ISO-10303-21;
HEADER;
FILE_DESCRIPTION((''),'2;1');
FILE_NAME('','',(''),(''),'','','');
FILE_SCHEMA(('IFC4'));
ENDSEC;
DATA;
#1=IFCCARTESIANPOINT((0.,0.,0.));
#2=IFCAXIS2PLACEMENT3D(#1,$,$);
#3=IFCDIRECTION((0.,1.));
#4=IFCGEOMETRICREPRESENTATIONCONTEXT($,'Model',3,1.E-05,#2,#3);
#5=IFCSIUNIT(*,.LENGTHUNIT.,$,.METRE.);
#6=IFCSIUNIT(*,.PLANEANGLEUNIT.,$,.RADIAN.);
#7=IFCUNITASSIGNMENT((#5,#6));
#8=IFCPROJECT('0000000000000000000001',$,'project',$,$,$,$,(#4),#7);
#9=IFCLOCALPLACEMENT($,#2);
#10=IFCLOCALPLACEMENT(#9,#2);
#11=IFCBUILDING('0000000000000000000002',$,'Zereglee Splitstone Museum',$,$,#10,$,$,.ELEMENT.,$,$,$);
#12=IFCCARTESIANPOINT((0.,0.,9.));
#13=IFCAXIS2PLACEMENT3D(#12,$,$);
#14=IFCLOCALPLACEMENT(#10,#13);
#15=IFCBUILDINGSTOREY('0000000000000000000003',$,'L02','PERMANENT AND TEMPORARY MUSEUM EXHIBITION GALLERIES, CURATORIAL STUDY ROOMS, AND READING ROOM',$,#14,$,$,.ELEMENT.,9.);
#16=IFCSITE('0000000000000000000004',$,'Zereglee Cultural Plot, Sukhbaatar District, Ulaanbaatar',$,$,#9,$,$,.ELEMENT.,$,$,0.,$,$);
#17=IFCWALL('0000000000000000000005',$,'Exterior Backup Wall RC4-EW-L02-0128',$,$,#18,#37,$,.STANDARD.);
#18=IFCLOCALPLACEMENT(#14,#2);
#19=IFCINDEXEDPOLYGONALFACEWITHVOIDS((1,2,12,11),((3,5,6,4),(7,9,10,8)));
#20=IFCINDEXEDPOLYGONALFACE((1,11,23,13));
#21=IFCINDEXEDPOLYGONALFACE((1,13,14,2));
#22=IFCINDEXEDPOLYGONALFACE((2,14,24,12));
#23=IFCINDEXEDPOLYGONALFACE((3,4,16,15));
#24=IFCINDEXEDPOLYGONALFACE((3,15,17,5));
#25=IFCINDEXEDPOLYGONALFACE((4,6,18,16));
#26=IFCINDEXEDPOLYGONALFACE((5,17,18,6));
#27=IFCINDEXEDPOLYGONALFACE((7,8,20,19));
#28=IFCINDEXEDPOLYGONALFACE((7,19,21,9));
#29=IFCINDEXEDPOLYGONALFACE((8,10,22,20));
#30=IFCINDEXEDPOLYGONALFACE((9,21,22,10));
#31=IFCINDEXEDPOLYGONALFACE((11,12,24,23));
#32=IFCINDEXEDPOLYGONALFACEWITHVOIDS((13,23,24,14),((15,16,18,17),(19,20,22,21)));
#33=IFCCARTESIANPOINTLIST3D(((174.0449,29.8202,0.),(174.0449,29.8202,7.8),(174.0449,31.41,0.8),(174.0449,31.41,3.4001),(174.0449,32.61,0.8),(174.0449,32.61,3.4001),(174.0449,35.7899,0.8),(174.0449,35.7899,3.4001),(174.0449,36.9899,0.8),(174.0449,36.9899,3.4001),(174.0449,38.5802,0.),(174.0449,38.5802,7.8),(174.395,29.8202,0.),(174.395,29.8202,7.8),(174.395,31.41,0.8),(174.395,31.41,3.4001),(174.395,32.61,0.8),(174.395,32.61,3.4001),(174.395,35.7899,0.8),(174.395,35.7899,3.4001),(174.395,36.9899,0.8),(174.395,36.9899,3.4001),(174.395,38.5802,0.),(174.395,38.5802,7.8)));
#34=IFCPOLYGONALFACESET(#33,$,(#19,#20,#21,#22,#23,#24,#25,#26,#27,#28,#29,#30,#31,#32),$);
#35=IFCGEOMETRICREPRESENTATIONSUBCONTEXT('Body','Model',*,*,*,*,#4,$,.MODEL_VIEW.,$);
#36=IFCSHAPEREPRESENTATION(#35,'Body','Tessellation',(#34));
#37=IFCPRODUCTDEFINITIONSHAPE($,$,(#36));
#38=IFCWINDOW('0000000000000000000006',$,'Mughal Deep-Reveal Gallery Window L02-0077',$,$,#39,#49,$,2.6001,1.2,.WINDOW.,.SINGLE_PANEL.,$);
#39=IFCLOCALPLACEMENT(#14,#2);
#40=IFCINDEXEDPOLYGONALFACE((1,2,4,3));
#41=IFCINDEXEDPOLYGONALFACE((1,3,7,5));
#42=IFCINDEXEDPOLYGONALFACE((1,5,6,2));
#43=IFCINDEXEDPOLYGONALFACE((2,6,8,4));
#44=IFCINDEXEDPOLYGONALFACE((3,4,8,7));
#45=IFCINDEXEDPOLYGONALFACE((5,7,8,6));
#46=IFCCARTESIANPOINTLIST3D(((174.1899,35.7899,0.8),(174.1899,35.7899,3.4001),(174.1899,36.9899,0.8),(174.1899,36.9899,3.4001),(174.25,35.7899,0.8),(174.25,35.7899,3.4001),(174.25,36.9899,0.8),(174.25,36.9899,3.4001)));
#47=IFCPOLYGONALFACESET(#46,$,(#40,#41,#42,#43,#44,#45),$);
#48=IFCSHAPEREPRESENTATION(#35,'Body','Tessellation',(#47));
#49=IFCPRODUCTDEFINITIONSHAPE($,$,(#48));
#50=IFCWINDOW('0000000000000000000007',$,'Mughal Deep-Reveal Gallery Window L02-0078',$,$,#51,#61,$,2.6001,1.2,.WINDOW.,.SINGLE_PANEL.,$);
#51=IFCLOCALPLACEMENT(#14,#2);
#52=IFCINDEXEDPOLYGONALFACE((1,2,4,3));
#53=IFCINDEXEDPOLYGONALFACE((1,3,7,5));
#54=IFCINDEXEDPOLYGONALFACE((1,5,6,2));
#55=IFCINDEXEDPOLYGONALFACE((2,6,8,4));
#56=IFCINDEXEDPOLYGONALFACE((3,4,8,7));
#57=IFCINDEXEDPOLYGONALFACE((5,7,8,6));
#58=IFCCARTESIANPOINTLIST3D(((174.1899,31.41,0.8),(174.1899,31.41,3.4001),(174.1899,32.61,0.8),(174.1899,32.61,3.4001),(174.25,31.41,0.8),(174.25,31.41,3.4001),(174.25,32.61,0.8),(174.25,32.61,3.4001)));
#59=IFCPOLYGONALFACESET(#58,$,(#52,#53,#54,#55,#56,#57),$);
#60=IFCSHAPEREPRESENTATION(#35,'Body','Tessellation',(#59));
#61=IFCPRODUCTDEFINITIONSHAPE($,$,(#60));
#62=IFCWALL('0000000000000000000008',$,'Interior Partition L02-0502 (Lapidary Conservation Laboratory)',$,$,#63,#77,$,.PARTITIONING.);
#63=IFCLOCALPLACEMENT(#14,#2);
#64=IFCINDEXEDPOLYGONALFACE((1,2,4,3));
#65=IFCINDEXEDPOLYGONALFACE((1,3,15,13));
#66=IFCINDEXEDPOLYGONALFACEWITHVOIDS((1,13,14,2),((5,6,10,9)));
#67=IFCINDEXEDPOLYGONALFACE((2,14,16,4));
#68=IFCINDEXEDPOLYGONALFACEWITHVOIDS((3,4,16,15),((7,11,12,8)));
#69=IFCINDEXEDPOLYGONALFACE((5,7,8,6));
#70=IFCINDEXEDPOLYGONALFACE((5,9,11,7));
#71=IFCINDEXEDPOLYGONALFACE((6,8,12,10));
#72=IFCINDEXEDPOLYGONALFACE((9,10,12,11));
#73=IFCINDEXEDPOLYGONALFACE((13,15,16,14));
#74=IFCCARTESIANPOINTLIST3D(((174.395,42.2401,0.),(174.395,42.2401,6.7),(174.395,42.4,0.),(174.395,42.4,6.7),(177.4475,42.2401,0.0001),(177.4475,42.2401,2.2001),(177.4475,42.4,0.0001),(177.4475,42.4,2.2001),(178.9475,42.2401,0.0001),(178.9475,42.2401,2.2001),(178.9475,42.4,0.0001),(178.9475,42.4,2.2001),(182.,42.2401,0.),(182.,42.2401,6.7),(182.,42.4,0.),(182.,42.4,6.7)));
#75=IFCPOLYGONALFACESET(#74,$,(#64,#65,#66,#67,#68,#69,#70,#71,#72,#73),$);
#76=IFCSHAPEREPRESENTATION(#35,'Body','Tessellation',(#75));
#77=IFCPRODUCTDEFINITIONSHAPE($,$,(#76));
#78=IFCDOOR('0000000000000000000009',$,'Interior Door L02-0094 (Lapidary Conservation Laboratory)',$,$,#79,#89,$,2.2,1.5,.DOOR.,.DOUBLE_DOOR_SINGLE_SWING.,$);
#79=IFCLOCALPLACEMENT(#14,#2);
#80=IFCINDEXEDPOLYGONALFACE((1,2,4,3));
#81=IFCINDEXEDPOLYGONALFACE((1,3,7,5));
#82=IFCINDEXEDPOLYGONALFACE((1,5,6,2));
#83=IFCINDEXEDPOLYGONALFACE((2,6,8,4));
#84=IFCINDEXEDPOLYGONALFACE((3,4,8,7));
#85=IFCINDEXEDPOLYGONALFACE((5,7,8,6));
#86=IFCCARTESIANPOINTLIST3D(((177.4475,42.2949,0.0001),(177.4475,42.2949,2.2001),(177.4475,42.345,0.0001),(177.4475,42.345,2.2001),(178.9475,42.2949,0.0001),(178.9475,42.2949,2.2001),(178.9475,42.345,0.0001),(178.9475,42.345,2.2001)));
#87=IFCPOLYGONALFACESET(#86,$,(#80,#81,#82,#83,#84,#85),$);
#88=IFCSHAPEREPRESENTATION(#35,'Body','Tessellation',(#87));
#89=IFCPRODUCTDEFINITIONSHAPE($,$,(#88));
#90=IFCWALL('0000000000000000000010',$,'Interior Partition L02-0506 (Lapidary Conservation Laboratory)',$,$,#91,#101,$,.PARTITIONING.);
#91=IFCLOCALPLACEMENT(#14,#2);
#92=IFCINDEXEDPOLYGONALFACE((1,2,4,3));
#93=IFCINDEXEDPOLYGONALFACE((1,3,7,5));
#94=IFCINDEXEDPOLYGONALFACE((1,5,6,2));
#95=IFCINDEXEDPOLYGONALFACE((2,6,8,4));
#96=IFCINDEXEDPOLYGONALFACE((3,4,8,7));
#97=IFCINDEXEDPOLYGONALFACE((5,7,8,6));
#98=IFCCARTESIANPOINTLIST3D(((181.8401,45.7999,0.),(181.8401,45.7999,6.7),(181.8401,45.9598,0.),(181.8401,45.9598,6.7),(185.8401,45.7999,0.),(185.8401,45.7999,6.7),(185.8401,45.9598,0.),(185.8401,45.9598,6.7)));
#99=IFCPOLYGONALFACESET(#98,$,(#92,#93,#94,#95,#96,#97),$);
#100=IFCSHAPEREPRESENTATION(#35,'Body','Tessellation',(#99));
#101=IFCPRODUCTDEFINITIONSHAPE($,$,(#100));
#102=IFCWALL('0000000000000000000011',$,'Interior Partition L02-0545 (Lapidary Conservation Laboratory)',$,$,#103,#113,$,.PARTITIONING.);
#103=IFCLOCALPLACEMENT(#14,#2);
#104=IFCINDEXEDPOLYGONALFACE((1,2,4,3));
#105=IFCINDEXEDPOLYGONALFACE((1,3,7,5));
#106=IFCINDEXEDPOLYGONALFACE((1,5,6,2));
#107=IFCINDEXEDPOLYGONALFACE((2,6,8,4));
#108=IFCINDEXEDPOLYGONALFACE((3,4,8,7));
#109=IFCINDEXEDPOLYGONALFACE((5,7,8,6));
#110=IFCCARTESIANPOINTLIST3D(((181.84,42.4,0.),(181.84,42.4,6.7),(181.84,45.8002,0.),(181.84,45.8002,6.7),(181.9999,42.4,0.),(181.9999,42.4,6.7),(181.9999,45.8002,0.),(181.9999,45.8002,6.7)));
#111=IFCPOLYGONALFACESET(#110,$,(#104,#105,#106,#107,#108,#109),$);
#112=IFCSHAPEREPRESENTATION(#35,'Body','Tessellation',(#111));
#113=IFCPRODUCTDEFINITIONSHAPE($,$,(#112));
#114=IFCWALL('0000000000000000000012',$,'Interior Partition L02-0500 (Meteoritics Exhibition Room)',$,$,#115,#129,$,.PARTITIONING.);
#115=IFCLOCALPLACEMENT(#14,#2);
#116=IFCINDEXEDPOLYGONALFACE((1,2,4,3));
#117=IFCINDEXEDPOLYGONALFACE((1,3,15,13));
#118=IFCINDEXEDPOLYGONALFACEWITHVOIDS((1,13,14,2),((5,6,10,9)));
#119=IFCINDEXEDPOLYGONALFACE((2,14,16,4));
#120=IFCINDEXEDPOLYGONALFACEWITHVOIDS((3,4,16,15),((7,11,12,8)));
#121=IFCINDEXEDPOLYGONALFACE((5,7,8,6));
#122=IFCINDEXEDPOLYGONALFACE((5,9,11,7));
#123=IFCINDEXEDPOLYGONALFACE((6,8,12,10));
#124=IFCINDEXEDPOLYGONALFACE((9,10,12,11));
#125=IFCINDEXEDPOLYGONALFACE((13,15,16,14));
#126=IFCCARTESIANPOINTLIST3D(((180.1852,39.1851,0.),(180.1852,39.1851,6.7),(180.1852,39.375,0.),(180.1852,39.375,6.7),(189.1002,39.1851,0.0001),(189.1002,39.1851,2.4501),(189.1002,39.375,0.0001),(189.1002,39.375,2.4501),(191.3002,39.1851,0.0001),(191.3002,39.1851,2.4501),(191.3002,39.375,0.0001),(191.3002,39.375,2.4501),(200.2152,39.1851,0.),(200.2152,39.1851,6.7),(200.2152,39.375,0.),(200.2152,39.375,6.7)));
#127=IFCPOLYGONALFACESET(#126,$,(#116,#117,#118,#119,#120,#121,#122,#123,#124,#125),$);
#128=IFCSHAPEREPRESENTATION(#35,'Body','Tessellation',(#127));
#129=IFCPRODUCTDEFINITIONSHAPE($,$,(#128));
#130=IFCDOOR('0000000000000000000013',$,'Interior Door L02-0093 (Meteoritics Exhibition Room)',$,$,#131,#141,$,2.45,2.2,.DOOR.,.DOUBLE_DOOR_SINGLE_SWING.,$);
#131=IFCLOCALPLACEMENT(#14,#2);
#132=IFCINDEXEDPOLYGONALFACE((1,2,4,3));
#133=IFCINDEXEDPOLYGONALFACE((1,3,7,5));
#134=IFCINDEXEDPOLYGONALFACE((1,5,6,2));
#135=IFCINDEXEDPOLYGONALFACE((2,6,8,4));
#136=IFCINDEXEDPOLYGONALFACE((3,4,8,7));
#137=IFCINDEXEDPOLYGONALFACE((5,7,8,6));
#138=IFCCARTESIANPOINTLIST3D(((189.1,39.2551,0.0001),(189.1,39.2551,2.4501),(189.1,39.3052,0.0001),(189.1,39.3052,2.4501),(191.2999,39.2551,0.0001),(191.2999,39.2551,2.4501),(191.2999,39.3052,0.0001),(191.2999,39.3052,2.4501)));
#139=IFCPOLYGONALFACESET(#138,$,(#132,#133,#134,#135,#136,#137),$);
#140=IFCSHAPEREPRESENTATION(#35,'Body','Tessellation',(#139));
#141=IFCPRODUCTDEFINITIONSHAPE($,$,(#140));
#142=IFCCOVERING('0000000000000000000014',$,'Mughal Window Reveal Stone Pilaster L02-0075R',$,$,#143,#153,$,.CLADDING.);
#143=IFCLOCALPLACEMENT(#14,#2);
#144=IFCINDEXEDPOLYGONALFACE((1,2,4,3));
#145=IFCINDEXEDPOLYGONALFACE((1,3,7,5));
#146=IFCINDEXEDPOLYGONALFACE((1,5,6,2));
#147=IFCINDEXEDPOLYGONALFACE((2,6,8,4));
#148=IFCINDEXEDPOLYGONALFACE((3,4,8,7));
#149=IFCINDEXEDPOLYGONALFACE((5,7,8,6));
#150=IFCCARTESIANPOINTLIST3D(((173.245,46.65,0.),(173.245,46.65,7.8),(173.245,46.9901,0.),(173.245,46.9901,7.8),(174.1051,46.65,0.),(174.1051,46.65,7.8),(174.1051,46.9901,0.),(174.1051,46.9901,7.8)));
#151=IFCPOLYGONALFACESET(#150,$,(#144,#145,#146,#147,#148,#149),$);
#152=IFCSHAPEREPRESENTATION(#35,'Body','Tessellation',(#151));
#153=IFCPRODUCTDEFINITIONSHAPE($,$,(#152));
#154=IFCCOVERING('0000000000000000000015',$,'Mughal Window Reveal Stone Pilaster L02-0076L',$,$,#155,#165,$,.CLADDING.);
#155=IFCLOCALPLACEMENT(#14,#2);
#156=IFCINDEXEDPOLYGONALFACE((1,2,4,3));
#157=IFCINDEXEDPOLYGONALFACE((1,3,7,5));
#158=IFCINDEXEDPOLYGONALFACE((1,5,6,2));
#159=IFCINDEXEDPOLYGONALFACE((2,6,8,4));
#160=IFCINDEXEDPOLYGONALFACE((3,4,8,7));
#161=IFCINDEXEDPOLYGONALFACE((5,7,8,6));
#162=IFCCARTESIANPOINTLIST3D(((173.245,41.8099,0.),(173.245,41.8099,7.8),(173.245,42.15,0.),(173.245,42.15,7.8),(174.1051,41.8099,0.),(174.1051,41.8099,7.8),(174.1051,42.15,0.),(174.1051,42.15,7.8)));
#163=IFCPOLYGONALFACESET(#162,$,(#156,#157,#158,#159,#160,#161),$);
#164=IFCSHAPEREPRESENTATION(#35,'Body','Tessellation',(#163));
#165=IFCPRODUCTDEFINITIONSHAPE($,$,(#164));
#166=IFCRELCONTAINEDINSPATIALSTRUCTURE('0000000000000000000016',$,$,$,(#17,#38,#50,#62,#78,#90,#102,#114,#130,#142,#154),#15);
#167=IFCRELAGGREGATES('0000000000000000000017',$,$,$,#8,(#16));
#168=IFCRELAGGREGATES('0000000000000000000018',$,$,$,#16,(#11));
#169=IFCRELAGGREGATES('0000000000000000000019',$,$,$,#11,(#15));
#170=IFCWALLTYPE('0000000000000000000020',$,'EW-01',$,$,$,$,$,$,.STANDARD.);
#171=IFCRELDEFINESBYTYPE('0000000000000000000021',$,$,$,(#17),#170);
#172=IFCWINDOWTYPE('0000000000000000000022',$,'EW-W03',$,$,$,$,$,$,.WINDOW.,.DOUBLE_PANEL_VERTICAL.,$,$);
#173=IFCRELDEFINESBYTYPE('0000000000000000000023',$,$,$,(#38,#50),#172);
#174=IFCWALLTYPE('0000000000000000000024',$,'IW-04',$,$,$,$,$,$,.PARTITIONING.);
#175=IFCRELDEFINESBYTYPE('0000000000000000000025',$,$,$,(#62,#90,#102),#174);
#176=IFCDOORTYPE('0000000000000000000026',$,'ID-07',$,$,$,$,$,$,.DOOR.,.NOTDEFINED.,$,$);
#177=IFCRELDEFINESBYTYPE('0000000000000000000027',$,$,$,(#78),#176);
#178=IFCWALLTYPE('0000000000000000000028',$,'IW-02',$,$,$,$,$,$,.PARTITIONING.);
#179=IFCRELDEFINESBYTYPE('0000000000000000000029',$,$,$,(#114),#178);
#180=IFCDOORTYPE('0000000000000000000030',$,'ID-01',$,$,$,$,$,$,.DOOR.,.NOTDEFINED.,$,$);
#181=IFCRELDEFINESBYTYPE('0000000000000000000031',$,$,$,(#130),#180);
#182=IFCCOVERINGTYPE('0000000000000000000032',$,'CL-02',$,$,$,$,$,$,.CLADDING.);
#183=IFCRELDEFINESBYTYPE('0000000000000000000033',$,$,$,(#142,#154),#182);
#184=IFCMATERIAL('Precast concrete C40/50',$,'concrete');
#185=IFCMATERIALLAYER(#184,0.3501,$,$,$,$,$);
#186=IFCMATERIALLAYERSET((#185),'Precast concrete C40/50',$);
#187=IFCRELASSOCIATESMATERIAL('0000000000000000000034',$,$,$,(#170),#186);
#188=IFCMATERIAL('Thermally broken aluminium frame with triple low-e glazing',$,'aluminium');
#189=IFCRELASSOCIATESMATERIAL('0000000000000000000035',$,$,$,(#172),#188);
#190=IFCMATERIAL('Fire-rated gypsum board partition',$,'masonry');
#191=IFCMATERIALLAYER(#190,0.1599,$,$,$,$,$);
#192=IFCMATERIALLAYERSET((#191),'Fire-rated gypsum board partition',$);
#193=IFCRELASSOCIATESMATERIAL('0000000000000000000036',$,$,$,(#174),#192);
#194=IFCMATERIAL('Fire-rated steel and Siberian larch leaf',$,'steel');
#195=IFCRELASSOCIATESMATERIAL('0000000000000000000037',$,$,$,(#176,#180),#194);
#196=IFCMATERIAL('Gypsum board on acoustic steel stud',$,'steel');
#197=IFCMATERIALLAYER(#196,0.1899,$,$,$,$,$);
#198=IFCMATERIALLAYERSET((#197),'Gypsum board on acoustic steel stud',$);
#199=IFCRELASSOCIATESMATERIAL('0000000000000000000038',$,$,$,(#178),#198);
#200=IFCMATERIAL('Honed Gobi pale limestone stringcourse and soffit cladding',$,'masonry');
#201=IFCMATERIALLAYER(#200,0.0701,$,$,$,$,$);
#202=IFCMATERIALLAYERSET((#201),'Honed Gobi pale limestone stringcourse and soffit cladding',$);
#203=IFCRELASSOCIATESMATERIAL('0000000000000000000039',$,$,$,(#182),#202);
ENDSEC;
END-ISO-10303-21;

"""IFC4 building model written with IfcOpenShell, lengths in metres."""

from ifc_helpers import new_model, si_unit, direction, frame, frame_2d, origin, origin_2d, place, context, subcontext, project, spatial, rectangle, extrude, material, layer, layer_set, type_object, element, fill, save


model = new_model("IFC4")

# Units and contexts
model_context = context("Model", 3, precision=1e-05, world=origin(), true_north=direction((0.0, 1.0)))
body_context = subcontext(model_context, "Body", "Model", "MODEL_VIEW")
ifc_project = project(units=[si_unit("LENGTHUNIT", "METRE"), si_unit("PLANEANGLEUNIT", "RADIAN")], contexts=[model_context])

# Site, building, storey
site_placement = place(None, origin())
site = spatial("IfcSite", under=ifc_project, at=site_placement, Name="Zereglee Cultural Plot, Sukhbaatar District, Ulaanbaatar", CompositionType="ELEMENT", RefElevation=0.0)
building_placement = place(site_placement, origin())
building = spatial("IfcBuilding", under=site, at=building_placement, Name="Zereglee Splitstone Museum", CompositionType="ELEMENT")
storey_placement = place(building_placement, frame((0.0, 0.0, 9.0)))
storey = spatial("IfcBuildingStorey", under=building, at=storey_placement, Name="L02", Description="PERMANENT AND TEMPORARY MUSEUM EXHIBITION GALLERIES, CURATORIAL STUDY ROOMS, AND READING ROOM", CompositionType="ELEMENT", Elevation=9.0)

# Wall, openings, windows
ifc_material_1 = material(Name="Precast concrete C40/50", Category="concrete")
ifc_layer_1 = layer(ifc_material_1, 0.3501)
ifc_layer_set_1 = layer_set([ifc_layer_1], Name="Precast concrete C40/50")
wall_type_1 = type_object("IfcWallType", Name="EW-01", PredefinedType="STANDARD", material=ifc_layer_set_1)
wall_1_placement = place(storey_placement, frame((174.22, 38.5801, 0.0), z_axis=(0.0, 0.0, 1.0), x_axis=(0.0, -1.0, 0.0)))
wall_1 = element("IfcWall", 1, at=wall_1_placement, inside=storey, type_object=wall_type_1, Name="Exterior Backup Wall RC4-EW-L02-0128", PredefinedType="STANDARD", context=body_context, shape_type="SweptSolid", body=[
    extrude(rectangle(XDim=8.76, YDim=0.3501, at=frame_2d((4.3799, 0.0))), origin(), (0.0, 0.0, 1.0), 7.8),
])
opening_1_placement = place(wall_1_placement, frame((1.5901, 0.0, 0.8)))
opening_1 = element("IfcOpeningElement", 2, at=opening_1_placement, cuts=wall_1, PredefinedType="OPENING", context=body_context, shape_type="SweptSolid", body=[
    extrude(rectangle(XDim=1.2, YDim=2.6001, at=frame_2d((0.6001, 1.3))), frame((0.0, 0.1899, 0.0), z_axis=(0.0, -1.0, 0.0), x_axis=(1.0, 0.0, 0.0)), (0.0, 0.0, 1.0), 0.3799),
])
opening_2_placement = place(wall_1_placement, frame((5.97, 0.0, 0.8)))
opening_2 = element("IfcOpeningElement", 3, at=opening_2_placement, cuts=wall_1, PredefinedType="OPENING", context=body_context, shape_type="SweptSolid", body=[
    extrude(rectangle(XDim=1.2, YDim=2.6001, at=frame_2d((0.6001, 1.3))), frame((0.0, 0.1899, 0.0), z_axis=(0.0, -1.0, 0.0), x_axis=(1.0, 0.0, 0.0)), (0.0, 0.0, 1.0), 0.3799),
])
ifc_material_2 = material(Name="Thermally broken aluminium frame with triple low-e glazing", Category="aluminium")
window_type = type_object("IfcWindowType", Name="EW-W03", PartitioningType="DOUBLE_PANEL_VERTICAL", PredefinedType="WINDOW", material=ifc_material_2)
window_1_placement = place(opening_1_placement, origin())
window_1 = element("IfcWindow", 4, at=window_1_placement, inside=storey, type_object=window_type, Name="Mughal Deep-Reveal Gallery Window L02-0077", OverallHeight=2.6001, OverallWidth=1.2, PartitioningType="SINGLE_PANEL", PredefinedType="WINDOW", context=body_context, shape_type="SweptSolid", body=[
    extrude(rectangle(XDim=1.2, YDim=2.6001, at=frame_2d((0.6001, 1.3))), frame((0.0, 0.03, 0.0), z_axis=(0.0, -1.0, 0.0), x_axis=(1.0, 0.0, 0.0)), (0.0, 0.0, 1.0), 0.0601),
])
fill(opening_1, window_1)
window_2_placement = place(opening_2_placement, origin())
window_2 = element("IfcWindow", 5, at=window_2_placement, inside=storey, type_object=window_type, Name="Mughal Deep-Reveal Gallery Window L02-0078", OverallHeight=2.6001, OverallWidth=1.2, PartitioningType="SINGLE_PANEL", PredefinedType="WINDOW", context=body_context, shape_type="SweptSolid", body=[
    extrude(rectangle(XDim=1.2, YDim=2.6001, at=frame_2d((0.6001, 1.3))), frame((0.0, 0.03, 0.0), z_axis=(0.0, -1.0, 0.0), x_axis=(1.0, 0.0, 0.0)), (0.0, 0.0, 1.0), 0.0601),
])
fill(opening_2, window_2)

# Wall, opening, door
ifc_material_3 = material(Name="Fire-rated gypsum board partition", Category="masonry")
ifc_layer_2 = layer(ifc_material_3, 0.1599)
ifc_layer_set_2 = layer_set([ifc_layer_2], Name="Fire-rated gypsum board partition")
wall_type_2 = type_object("IfcWallType", Name="IW-04", PredefinedType="PARTITIONING", material=ifc_layer_set_2)
wall_2_placement = place(storey_placement, frame((174.395, 42.3201, 0.0), z_axis=(0.0, 0.0, 1.0), x_axis=(1.0, 0.0, 0.0)))
wall_2 = element("IfcWall", 6, at=wall_2_placement, inside=storey, type_object=wall_type_2, Name="Interior Partition L02-0502 (Lapidary Conservation Laboratory)", PredefinedType="PARTITIONING", context=body_context, shape_type="SweptSolid", body=[
    extrude(rectangle(XDim=7.605, YDim=0.1599, at=frame_2d((3.8025, 0.0))), origin(), (0.0, 0.0, 1.0), 6.7),
])
opening_3_placement = place(wall_2_placement, frame((3.0525, 0.0, 0.0)))
opening_3 = element("IfcOpeningElement", 7, at=opening_3_placement, cuts=wall_2, PredefinedType="OPENING", context=body_context, shape_type="SweptSolid", body=[
    extrude(rectangle(XDim=1.5, YDim=2.2, at=frame_2d((0.75, 1.1001))), frame((0.0, 0.0947, 0.0), z_axis=(0.0, -1.0, 0.0), x_axis=(1.0, 0.0, 0.0)), (0.0, 0.0, 1.0), 0.1897),
])
ifc_material_4 = material(Name="Fire-rated steel and Siberian larch leaf", Category="steel")
door_type_1 = type_object("IfcDoorType", Name="ID-07", OperationType="NOTDEFINED", PredefinedType="DOOR", material=ifc_material_4)
door_1_placement = place(opening_3_placement, origin())
door_1 = element("IfcDoor", 8, at=door_1_placement, inside=storey, type_object=door_type_1, Name="Interior Door L02-0094 (Lapidary Conservation Laboratory)", OperationType="DOUBLE_DOOR_SINGLE_SWING", OverallHeight=2.2, OverallWidth=1.5, PredefinedType="DOOR", context=body_context, shape_type="SweptSolid", body=[
    extrude(rectangle(XDim=1.5, YDim=2.2, at=frame_2d((0.75, 1.1001))), frame((0.0, 0.0249, 0.0), z_axis=(0.0, -1.0, 0.0), x_axis=(1.0, 0.0, 0.0)), (0.0, 0.0, 1.0), 0.05),
])
fill(opening_3, door_1)

# Walls
wall_3_placement = place(storey_placement, frame((181.8401, 45.8799, 0.0), z_axis=(0.0, 0.0, 1.0), x_axis=(1.0, 0.0, 0.0)))
element("IfcWall", 9, at=wall_3_placement, inside=storey, type_object=wall_type_2, Name="Interior Partition L02-0506 (Lapidary Conservation Laboratory)", PredefinedType="PARTITIONING", context=body_context, shape_type="SweptSolid", body=[
    extrude(rectangle(XDim=4.0, YDim=0.1599, at=frame_2d((2.0, 0.0))), origin(), (0.0, 0.0, 1.0), 6.7),
])
wall_4_placement = place(storey_placement, frame((181.9199, 42.3999, 0.0), z_axis=(0.0, 0.0, 1.0), x_axis=(0.0, 1.0, 0.0)))
element("IfcWall", 10, at=wall_4_placement, inside=storey, type_object=wall_type_2, Name="Interior Partition L02-0545 (Lapidary Conservation Laboratory)", PredefinedType="PARTITIONING", context=body_context, shape_type="SweptSolid", body=[
    extrude(rectangle(XDim=3.4001, YDim=0.1599, at=frame_2d((1.7002, 0.0))), origin(), (0.0, 0.0, 1.0), 6.7),
])

# Wall, opening, door
ifc_material_5 = material(Name="Gypsum board on acoustic steel stud", Category="steel")
ifc_layer_3 = layer(ifc_material_5, 0.1899)
ifc_layer_set_3 = layer_set([ifc_layer_3], Name="Gypsum board on acoustic steel stud")
wall_type_3 = type_object("IfcWallType", Name="IW-02", PredefinedType="PARTITIONING", material=ifc_layer_set_3)
wall_5_placement = place(storey_placement, frame((180.1851, 39.28, 0.0), z_axis=(0.0, 0.0, 1.0), x_axis=(1.0, 0.0, 0.0)))
wall_5 = element("IfcWall", 11, at=wall_5_placement, inside=storey, type_object=wall_type_3, Name="Interior Partition L02-0500 (Meteoritics Exhibition Room)", PredefinedType="PARTITIONING", context=body_context, shape_type="SweptSolid", body=[
    extrude(rectangle(XDim=20.03, YDim=0.1899, at=frame_2d((10.0151, 0.0))), origin(), (0.0, 0.0, 1.0), 6.7),
])
opening_4_placement = place(wall_5_placement, frame((8.915, 0.0, 0.0)))
opening_4 = element("IfcOpeningElement", 12, at=opening_4_placement, cuts=wall_5, PredefinedType="OPENING", context=body_context, shape_type="SweptSolid", body=[
    extrude(rectangle(XDim=2.2, YDim=2.45, at=frame_2d((1.1001, 1.2251))), frame((0.0, 0.1099, 0.0), z_axis=(0.0, -1.0, 0.0), x_axis=(1.0, 0.0, 0.0)), (0.0, 0.0, 1.0), 0.2197),
])
door_type_2 = type_object("IfcDoorType", Name="ID-01", OperationType="NOTDEFINED", PredefinedType="DOOR", material=ifc_material_4)
door_2_placement = place(opening_4_placement, frame((2.2, 0.0, 0.0), z_axis=(0.0, 0.0, 1.0), x_axis=(-1.0, 0.0, 0.0)))
door_2 = element("IfcDoor", 13, at=door_2_placement, inside=storey, type_object=door_type_2, Name="Interior Door L02-0093 (Meteoritics Exhibition Room)", OperationType="DOUBLE_DOOR_SINGLE_SWING", OverallHeight=2.45, OverallWidth=2.2, PredefinedType="DOOR", context=body_context, shape_type="SweptSolid", body=[
    extrude(rectangle(XDim=2.2, YDim=2.45, at=frame_2d((1.1001, 1.2251))), frame((0.0, 0.0249, 0.0), z_axis=(0.0, -1.0, 0.0), x_axis=(1.0, 0.0, 0.0)), (0.0, 0.0, 1.0), 0.05),
])
fill(opening_4, door_2)

# Coverings
ifc_material_6 = material(Name="Honed Gobi pale limestone stringcourse and soffit cladding", Category="masonry")
ifc_layer_4 = layer(ifc_material_6, 0.0701)
ifc_layer_set_4 = layer_set([ifc_layer_4], Name="Honed Gobi pale limestone stringcourse and soffit cladding")
covering_type_1 = type_object("IfcCoveringType", Name="CL-02", PredefinedType="CLADDING", material=ifc_layer_set_4)
for number, where, z_axis, x_axis, name in (
    (14, (173.675, 46.8201, 0.0), (0.0, 0.0, 1.0), (0.0, -1.0, 0.0), "Mughal Window Reveal Stone Pilaster L02-0075R"),
    (15, (173.675, 41.98, 0.0), (0.0, 0.0, 1.0), (0.0, -1.0, 0.0), "Mughal Window Reveal Stone Pilaster L02-0076L"),
):
    element("IfcCovering", number, at=place(storey_placement, frame(where, z_axis=z_axis, x_axis=x_axis)), inside=storey, type_object=covering_type_1, Name=name, PredefinedType="CLADDING", context=body_context, shape_type="SweptSolid", body=[
        extrude(rectangle(XDim=0.3401, YDim=0.8601, at=origin_2d()), origin(), (0.0, 0.0, 1.0), 7.8),
    ])

save(model, "model.ifc")
